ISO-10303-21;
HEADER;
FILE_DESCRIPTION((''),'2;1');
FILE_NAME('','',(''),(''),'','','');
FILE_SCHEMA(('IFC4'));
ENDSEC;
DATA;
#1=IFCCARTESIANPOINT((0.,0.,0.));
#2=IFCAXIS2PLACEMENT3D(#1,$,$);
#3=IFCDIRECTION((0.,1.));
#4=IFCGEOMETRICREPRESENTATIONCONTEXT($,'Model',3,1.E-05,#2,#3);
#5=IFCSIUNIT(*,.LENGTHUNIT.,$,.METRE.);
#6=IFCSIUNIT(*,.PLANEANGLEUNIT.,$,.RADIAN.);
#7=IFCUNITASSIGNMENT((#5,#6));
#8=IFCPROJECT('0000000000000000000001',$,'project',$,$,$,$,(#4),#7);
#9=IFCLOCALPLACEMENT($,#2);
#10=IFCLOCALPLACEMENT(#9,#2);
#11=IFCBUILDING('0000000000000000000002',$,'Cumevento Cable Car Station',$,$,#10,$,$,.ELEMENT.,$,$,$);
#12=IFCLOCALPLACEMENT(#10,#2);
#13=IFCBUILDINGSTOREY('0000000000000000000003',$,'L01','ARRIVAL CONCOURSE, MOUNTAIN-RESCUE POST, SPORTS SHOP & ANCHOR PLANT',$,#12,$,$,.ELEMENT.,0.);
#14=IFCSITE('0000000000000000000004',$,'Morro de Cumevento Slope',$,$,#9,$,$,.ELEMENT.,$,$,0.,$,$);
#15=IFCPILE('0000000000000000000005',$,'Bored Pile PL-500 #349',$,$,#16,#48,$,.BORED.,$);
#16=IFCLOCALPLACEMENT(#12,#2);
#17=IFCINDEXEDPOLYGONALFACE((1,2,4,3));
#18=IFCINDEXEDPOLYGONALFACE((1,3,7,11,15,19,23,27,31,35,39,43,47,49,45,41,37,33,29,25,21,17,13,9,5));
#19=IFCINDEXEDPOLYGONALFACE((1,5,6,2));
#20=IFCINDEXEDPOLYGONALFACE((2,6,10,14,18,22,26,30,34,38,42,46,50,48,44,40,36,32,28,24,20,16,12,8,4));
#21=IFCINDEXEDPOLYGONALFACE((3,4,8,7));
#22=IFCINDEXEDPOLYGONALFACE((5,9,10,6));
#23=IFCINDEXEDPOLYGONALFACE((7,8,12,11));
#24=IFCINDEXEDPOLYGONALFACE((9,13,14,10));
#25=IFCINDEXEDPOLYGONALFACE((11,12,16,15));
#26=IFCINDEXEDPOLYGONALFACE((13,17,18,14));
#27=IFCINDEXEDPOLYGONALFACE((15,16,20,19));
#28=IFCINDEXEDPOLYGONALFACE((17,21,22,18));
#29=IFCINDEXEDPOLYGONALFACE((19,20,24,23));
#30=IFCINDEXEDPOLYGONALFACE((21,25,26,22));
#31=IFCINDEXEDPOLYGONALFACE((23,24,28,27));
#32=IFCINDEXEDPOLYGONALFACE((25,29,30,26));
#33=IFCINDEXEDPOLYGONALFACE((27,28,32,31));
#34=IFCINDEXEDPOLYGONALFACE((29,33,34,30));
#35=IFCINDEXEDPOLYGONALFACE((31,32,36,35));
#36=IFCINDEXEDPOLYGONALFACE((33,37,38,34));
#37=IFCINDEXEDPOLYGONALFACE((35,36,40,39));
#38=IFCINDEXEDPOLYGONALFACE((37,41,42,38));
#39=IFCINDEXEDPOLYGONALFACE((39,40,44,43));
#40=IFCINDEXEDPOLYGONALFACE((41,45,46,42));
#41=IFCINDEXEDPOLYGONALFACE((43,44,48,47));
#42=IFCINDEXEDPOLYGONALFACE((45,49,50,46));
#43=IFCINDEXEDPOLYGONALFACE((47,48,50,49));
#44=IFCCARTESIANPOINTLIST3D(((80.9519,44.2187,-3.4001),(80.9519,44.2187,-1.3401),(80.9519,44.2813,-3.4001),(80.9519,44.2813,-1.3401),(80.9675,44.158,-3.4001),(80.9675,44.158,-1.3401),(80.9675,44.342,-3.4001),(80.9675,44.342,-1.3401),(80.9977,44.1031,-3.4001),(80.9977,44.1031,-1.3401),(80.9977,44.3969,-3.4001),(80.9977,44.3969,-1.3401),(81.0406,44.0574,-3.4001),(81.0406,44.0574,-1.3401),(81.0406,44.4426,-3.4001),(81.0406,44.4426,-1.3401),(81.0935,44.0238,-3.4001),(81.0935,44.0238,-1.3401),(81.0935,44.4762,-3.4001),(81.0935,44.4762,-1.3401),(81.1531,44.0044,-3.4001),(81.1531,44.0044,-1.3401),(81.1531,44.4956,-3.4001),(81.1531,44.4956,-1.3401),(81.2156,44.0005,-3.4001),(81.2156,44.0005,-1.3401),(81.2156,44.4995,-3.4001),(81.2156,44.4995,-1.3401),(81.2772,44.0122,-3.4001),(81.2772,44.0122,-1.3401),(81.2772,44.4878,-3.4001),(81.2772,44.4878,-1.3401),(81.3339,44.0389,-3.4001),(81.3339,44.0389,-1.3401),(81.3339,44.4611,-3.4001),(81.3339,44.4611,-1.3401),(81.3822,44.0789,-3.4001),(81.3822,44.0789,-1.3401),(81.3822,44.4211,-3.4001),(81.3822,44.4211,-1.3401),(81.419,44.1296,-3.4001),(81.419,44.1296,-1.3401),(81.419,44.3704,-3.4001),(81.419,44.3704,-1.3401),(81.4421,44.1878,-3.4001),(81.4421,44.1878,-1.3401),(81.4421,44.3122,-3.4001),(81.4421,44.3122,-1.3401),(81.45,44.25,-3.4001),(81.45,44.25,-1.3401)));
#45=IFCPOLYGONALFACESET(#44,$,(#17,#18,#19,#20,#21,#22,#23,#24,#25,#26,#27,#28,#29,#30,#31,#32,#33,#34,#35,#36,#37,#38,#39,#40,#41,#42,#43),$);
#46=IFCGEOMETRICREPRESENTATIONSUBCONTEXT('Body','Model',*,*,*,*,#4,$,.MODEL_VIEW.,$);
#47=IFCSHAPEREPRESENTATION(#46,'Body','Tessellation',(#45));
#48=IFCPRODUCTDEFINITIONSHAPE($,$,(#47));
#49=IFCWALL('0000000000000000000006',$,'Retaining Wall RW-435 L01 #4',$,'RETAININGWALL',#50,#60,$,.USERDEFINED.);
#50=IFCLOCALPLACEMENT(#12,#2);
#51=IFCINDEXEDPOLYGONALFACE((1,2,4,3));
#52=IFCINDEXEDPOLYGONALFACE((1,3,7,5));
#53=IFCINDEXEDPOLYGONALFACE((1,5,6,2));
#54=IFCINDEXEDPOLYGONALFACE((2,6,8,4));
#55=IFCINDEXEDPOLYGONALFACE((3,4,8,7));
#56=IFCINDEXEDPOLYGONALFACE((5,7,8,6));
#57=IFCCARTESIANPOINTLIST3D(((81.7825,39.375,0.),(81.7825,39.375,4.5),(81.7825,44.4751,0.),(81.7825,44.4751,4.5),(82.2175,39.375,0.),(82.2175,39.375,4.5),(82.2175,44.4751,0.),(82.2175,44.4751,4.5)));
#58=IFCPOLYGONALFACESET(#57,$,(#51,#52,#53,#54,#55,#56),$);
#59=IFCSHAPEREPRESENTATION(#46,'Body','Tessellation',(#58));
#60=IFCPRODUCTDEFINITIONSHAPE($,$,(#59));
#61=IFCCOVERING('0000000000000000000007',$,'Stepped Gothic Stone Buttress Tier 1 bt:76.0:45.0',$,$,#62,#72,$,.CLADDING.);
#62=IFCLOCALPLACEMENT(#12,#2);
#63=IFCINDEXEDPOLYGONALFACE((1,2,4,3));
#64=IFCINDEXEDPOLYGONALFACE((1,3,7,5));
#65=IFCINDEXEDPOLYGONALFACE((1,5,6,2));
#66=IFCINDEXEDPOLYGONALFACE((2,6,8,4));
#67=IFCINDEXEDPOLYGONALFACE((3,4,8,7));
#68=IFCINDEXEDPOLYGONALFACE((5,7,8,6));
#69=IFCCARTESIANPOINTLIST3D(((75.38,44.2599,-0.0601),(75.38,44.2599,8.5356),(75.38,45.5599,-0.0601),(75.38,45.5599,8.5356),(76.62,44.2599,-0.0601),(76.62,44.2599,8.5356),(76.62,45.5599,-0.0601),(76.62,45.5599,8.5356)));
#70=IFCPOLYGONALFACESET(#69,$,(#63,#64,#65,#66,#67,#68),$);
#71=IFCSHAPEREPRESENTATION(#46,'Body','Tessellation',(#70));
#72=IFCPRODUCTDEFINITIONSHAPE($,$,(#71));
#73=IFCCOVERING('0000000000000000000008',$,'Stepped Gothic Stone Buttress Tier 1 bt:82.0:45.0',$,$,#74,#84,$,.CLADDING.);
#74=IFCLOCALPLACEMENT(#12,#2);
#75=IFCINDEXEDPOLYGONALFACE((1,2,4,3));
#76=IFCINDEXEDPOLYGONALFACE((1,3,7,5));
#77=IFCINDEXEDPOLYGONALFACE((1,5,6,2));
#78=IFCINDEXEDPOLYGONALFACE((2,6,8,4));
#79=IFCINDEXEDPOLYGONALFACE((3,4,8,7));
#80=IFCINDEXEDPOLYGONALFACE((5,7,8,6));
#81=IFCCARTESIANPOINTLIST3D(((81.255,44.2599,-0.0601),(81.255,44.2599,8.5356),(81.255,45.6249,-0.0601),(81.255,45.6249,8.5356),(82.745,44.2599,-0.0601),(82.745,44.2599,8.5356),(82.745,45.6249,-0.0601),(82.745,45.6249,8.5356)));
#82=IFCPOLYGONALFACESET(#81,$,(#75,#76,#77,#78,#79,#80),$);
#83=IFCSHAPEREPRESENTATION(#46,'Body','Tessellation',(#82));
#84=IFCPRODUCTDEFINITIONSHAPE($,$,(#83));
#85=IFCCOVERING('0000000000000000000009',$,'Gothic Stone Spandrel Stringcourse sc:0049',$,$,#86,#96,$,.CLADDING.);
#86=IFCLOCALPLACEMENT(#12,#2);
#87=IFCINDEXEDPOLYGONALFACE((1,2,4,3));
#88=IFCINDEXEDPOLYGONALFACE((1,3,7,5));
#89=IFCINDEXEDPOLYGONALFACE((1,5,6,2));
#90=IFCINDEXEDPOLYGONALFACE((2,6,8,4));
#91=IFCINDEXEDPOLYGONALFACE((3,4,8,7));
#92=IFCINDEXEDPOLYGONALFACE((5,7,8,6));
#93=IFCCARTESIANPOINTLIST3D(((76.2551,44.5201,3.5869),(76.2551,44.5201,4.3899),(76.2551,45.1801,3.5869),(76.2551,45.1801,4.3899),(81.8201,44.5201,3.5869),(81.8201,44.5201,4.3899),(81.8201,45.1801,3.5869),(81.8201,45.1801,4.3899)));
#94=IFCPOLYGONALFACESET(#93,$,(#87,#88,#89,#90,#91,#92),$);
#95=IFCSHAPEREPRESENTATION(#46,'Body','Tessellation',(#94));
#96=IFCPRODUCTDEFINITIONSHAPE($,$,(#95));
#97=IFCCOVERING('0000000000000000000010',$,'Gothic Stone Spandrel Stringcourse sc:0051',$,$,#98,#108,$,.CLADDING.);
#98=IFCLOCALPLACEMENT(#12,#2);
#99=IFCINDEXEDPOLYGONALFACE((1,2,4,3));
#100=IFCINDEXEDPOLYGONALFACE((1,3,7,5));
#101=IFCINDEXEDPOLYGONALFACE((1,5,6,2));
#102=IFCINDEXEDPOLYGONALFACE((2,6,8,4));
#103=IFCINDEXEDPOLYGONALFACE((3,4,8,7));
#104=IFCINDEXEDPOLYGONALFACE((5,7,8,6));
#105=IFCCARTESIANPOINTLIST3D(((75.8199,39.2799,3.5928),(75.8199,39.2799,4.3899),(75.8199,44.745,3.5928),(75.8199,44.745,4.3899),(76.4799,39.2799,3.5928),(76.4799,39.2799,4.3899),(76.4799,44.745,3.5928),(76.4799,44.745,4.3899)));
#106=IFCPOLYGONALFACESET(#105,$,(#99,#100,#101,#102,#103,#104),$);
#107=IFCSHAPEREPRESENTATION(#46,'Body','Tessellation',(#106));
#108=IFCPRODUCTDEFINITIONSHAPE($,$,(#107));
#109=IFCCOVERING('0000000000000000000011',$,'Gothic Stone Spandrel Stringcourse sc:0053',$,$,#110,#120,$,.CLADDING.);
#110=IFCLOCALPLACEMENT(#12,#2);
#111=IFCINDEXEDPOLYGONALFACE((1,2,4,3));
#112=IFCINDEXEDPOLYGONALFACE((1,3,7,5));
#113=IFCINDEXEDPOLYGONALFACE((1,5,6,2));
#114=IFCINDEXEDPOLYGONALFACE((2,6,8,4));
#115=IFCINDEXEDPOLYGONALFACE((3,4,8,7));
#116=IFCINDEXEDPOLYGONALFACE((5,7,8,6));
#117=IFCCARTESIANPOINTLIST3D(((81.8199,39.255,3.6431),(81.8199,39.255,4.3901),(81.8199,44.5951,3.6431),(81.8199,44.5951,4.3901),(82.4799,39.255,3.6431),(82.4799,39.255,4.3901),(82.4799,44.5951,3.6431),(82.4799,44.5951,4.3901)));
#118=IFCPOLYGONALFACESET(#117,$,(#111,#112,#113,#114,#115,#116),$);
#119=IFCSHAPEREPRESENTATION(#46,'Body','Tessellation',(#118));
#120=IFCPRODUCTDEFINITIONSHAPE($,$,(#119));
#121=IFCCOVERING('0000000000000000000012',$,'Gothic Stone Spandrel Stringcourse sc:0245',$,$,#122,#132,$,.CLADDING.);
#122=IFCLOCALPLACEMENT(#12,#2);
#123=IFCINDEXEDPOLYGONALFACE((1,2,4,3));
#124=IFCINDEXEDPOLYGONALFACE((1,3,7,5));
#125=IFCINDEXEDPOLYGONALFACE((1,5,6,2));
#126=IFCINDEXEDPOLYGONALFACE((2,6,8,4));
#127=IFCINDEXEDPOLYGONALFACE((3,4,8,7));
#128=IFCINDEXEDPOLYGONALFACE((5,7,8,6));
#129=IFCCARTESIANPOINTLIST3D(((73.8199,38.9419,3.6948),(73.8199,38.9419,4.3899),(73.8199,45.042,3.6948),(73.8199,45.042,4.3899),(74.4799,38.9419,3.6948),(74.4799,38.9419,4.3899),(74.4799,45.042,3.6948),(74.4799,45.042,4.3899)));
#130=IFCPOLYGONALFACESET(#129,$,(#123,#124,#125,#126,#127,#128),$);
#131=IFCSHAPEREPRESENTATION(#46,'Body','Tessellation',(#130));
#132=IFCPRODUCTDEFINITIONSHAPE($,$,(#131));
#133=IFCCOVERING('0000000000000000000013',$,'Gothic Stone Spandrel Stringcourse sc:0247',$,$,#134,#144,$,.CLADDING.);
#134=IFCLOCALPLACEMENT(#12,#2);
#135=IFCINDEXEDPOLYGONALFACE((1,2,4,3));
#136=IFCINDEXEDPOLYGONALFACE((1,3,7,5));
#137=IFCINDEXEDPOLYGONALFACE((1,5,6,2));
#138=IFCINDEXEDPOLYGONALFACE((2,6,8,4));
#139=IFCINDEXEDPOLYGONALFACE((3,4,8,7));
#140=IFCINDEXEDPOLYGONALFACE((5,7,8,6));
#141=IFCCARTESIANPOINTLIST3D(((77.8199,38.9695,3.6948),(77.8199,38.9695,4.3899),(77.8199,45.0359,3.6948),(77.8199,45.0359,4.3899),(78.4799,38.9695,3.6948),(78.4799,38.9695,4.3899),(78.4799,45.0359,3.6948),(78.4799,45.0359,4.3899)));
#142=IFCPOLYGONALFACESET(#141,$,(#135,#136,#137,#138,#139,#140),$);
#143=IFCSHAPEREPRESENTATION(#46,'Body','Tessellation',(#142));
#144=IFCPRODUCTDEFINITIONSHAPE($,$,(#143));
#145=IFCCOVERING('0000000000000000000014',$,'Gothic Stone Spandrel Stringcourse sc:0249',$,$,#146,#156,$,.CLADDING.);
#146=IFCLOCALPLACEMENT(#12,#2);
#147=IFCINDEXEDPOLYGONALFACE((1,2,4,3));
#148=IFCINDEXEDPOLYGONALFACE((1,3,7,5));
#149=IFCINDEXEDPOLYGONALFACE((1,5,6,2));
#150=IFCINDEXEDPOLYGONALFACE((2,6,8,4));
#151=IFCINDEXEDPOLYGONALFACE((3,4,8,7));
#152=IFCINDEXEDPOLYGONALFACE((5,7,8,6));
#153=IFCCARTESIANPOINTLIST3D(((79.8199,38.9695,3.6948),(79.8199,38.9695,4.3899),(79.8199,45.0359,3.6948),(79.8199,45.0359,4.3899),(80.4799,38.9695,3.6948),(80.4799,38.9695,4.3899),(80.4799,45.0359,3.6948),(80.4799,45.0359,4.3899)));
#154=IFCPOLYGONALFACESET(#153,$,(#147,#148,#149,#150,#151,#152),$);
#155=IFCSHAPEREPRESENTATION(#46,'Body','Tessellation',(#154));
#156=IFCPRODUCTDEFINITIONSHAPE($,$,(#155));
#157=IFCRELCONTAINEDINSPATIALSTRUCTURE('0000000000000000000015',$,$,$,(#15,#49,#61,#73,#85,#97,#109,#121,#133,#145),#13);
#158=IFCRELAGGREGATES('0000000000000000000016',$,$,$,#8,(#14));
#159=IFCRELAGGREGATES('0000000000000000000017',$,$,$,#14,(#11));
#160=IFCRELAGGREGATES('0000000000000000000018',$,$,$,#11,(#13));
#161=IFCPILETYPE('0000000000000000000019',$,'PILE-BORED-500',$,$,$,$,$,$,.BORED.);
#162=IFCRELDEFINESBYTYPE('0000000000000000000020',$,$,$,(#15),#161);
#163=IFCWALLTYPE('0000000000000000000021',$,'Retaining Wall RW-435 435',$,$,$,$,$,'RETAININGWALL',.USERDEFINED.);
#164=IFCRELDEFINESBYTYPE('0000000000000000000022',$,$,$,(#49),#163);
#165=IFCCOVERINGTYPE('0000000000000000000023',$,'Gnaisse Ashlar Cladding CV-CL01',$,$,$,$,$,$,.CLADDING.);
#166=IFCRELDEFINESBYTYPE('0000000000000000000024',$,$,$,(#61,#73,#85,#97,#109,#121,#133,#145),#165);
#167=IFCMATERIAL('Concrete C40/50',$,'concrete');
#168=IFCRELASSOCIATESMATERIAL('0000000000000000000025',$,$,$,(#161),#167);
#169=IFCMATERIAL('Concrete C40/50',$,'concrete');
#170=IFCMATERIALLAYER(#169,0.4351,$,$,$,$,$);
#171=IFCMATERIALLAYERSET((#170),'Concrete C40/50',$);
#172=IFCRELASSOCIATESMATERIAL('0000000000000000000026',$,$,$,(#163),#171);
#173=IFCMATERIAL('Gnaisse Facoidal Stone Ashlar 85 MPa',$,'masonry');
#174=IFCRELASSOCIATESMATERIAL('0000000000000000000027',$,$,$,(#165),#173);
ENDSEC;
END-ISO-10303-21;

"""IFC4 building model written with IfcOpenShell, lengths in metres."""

from ifc_helpers import new_model, si_unit, direction, frame, frame_2d, origin, origin_2d, place, context, subcontext, project, spatial, rectangle, circle, extrude, material, layer, layer_set, material_profile, profile_set, type_object, element, save


model = new_model("IFC4")

# Units and contexts
model_context = context("Model", 3, precision=1e-05, world=origin(), true_north=direction((0.0, 1.0)))
body_context = subcontext(model_context, "Body", "Model", "MODEL_VIEW")
ifc_project = project(units=[si_unit("LENGTHUNIT", "METRE"), si_unit("PLANEANGLEUNIT", "RADIAN")], contexts=[model_context])

# Site, building, storey
site_placement = place(None, origin())
site = spatial("IfcSite", under=ifc_project, at=site_placement, Name="Morro de Cumevento Slope", CompositionType="ELEMENT", RefElevation=0.0)
building_placement = place(site_placement, origin())
building = spatial("IfcBuilding", under=site, at=building_placement, Name="Cumevento Cable Car Station", CompositionType="ELEMENT")
storey_placement = place(building_placement, origin())
storey = spatial("IfcBuildingStorey", under=building, at=storey_placement, Name="L01", Description="ARRIVAL CONCOURSE, MOUNTAIN-RESCUE POST, SPORTS SHOP & ANCHOR PLANT", CompositionType="ELEMENT", Elevation=0.0)

# Pile
ifc_material_1 = material(Name="Concrete C40/50", Category="concrete")
ifc_material_profile_1 = material_profile(ifc_material_1, circle(Radius=0.25, at=origin_2d()), Name="PILE-D500")
ifc_profile_set_1 = profile_set([ifc_material_profile_1], Name="Concrete C40/50")
pile_type_1 = type_object("IfcPileType", Name="PILE-BORED-500", PredefinedType="BORED", material=ifc_profile_set_1)
pile_1_placement = place(storey_placement, frame((81.2, 44.25, -1.3401), z_axis=(0.0, 0.0, -1.0), x_axis=(1.0, 0.0, 0.0)))
element("IfcPile", 1, at=pile_1_placement, inside=storey, type_object=pile_type_1, Name="Bored Pile PL-500 #349", PredefinedType="BORED", context=body_context, shape_type="SweptSolid", body=[
    extrude(circle(Radius=0.25, at=origin_2d()), origin(), (0.0, 0.0, 1.0), 2.0601),
])

# Wall
ifc_material_2 = material(Name="Concrete C40/50", Category="concrete")
ifc_layer = layer(ifc_material_2, 0.4351)
ifc_layer_set = layer_set([ifc_layer], Name="Concrete C40/50")
wall_type = type_object("IfcWallType", Name="Retaining Wall RW-435 435", ElementType="RETAININGWALL", PredefinedType="USERDEFINED", material=ifc_layer_set)
wall_placement = place(storey_placement, frame((82.0, 39.375, 0.0), z_axis=(0.0, 0.0, 1.0), x_axis=(0.0, 1.0, 0.0)))
element("IfcWall", 2, at=wall_placement, inside=storey, type_object=wall_type, Name="Retaining Wall RW-435 L01 #4", ObjectType="RETAININGWALL", PredefinedType="USERDEFINED", context=body_context, shape_type="SweptSolid", body=[
    extrude(rectangle(XDim=5.1001, YDim=0.4351, at=frame_2d((2.55, 0.0))), origin(), (0.0, 0.0, 1.0), 4.5),
])

# Coverings
ifc_material_3 = material(Name="Gnaisse Facoidal Stone Ashlar 85 MPa", Category="masonry")
covering_type = type_object("IfcCoveringType", Name="Gnaisse Ashlar Cladding CV-CL01", PredefinedType="CLADDING", material=ifc_material_3)
covering_1_placement = place(storey_placement, frame((76.0, 44.9099, -0.0601), z_axis=(0.0, 0.0, 1.0), x_axis=(1.0, 0.0, 0.0)))
element("IfcCovering", 3, at=covering_1_placement, inside=storey, type_object=covering_type, Name="Stepped Gothic Stone Buttress Tier 1 bt:76.0:45.0", PredefinedType="CLADDING", context=body_context, shape_type="SweptSolid", body=[
    extrude(rectangle(XDim=1.24, YDim=1.3, at=origin_2d()), origin(), (0.0, 0.0, 1.0), 8.5957),
])
covering_2_placement = place(storey_placement, frame((82.0, 44.9424, -0.0601), z_axis=(0.0, 0.0, 1.0), x_axis=(1.0, 0.0, 0.0)))
element("IfcCovering", 4, at=covering_2_placement, inside=storey, type_object=covering_type, Name="Stepped Gothic Stone Buttress Tier 1 bt:82.0:45.0", PredefinedType="CLADDING", context=body_context, shape_type="SweptSolid", body=[
    extrude(rectangle(XDim=1.49, YDim=1.365, at=origin_2d()), origin(), (0.0, 0.0, 1.0), 8.5957),
])
covering_3_placement = place(storey_placement, frame((79.0376, 44.8501, 3.5869), z_axis=(0.0, 0.0, 1.0), x_axis=(1.0, 0.0, 0.0)))
element("IfcCovering", 5, at=covering_3_placement, inside=storey, type_object=covering_type, Name="Gothic Stone Spandrel Stringcourse sc:0049", PredefinedType="CLADDING", context=body_context, shape_type="SweptSolid", body=[
    extrude(rectangle(XDim=5.5649, YDim=0.6599, at=origin_2d()), origin(), (0.0, 0.0, 1.0), 0.803),
])
covering_4_placement = place(storey_placement, frame((76.1499, 42.0125, 3.5928), z_axis=(0.0, 0.0, 1.0), x_axis=(0.0, 1.0, 0.0)))
element("IfcCovering", 6, at=covering_4_placement, inside=storey, type_object=covering_type, Name="Gothic Stone Spandrel Stringcourse sc:0051", PredefinedType="CLADDING", context=body_context, shape_type="SweptSolid", body=[
    extrude(rectangle(XDim=5.4651, YDim=0.6599, at=origin_2d()), origin(), (0.0, 0.0, 1.0), 0.7971),
])
covering_5_placement = place(storey_placement, frame((82.1499, 41.925, 3.6431), z_axis=(0.0, 0.0, 1.0), x_axis=(0.0, 1.0, 0.0)))
element("IfcCovering", 7, at=covering_5_placement, inside=storey, type_object=covering_type, Name="Gothic Stone Spandrel Stringcourse sc:0053", PredefinedType="CLADDING", context=body_context, shape_type="SweptSolid", body=[
    extrude(rectangle(XDim=5.3401, YDim=0.6599, at=origin_2d()), origin(), (0.0, 0.0, 1.0), 0.7471),
])
covering_6_placement = place(storey_placement, frame((74.1499, 41.9919, 3.6948), z_axis=(0.0, 0.0, 1.0), x_axis=(0.0, 1.0, 0.0)))
element("IfcCovering", 8, at=covering_6_placement, inside=storey, type_object=covering_type, Name="Gothic Stone Spandrel Stringcourse sc:0245", PredefinedType="CLADDING", context=body_context, shape_type="SweptSolid", body=[
    extrude(rectangle(XDim=6.1001, YDim=0.6599, at=origin_2d()), origin(), (0.0, 0.0, 1.0), 0.6951),
])
for number, where, z_axis, x_axis, name in (
    (9, (78.1499, 42.0027, 3.6948), (0.0, 0.0, 1.0), (0.0, 1.0, 0.0), "Gothic Stone Spandrel Stringcourse sc:0247"),
    (10, (80.1499, 42.0027, 3.6948), (0.0, 0.0, 1.0), (0.0, 1.0, 0.0), "Gothic Stone Spandrel Stringcourse sc:0249"),
):
    element("IfcCovering", number, at=place(storey_placement, frame(where, z_axis=z_axis, x_axis=x_axis)), inside=storey, type_object=covering_type, Name=name, PredefinedType="CLADDING", context=body_context, shape_type="SweptSolid", body=[
        extrude(rectangle(XDim=6.0664, YDim=0.6599, at=origin_2d()), origin(), (0.0, 0.0, 1.0), 0.6951),
    ])

save(model, "model.ifc")
